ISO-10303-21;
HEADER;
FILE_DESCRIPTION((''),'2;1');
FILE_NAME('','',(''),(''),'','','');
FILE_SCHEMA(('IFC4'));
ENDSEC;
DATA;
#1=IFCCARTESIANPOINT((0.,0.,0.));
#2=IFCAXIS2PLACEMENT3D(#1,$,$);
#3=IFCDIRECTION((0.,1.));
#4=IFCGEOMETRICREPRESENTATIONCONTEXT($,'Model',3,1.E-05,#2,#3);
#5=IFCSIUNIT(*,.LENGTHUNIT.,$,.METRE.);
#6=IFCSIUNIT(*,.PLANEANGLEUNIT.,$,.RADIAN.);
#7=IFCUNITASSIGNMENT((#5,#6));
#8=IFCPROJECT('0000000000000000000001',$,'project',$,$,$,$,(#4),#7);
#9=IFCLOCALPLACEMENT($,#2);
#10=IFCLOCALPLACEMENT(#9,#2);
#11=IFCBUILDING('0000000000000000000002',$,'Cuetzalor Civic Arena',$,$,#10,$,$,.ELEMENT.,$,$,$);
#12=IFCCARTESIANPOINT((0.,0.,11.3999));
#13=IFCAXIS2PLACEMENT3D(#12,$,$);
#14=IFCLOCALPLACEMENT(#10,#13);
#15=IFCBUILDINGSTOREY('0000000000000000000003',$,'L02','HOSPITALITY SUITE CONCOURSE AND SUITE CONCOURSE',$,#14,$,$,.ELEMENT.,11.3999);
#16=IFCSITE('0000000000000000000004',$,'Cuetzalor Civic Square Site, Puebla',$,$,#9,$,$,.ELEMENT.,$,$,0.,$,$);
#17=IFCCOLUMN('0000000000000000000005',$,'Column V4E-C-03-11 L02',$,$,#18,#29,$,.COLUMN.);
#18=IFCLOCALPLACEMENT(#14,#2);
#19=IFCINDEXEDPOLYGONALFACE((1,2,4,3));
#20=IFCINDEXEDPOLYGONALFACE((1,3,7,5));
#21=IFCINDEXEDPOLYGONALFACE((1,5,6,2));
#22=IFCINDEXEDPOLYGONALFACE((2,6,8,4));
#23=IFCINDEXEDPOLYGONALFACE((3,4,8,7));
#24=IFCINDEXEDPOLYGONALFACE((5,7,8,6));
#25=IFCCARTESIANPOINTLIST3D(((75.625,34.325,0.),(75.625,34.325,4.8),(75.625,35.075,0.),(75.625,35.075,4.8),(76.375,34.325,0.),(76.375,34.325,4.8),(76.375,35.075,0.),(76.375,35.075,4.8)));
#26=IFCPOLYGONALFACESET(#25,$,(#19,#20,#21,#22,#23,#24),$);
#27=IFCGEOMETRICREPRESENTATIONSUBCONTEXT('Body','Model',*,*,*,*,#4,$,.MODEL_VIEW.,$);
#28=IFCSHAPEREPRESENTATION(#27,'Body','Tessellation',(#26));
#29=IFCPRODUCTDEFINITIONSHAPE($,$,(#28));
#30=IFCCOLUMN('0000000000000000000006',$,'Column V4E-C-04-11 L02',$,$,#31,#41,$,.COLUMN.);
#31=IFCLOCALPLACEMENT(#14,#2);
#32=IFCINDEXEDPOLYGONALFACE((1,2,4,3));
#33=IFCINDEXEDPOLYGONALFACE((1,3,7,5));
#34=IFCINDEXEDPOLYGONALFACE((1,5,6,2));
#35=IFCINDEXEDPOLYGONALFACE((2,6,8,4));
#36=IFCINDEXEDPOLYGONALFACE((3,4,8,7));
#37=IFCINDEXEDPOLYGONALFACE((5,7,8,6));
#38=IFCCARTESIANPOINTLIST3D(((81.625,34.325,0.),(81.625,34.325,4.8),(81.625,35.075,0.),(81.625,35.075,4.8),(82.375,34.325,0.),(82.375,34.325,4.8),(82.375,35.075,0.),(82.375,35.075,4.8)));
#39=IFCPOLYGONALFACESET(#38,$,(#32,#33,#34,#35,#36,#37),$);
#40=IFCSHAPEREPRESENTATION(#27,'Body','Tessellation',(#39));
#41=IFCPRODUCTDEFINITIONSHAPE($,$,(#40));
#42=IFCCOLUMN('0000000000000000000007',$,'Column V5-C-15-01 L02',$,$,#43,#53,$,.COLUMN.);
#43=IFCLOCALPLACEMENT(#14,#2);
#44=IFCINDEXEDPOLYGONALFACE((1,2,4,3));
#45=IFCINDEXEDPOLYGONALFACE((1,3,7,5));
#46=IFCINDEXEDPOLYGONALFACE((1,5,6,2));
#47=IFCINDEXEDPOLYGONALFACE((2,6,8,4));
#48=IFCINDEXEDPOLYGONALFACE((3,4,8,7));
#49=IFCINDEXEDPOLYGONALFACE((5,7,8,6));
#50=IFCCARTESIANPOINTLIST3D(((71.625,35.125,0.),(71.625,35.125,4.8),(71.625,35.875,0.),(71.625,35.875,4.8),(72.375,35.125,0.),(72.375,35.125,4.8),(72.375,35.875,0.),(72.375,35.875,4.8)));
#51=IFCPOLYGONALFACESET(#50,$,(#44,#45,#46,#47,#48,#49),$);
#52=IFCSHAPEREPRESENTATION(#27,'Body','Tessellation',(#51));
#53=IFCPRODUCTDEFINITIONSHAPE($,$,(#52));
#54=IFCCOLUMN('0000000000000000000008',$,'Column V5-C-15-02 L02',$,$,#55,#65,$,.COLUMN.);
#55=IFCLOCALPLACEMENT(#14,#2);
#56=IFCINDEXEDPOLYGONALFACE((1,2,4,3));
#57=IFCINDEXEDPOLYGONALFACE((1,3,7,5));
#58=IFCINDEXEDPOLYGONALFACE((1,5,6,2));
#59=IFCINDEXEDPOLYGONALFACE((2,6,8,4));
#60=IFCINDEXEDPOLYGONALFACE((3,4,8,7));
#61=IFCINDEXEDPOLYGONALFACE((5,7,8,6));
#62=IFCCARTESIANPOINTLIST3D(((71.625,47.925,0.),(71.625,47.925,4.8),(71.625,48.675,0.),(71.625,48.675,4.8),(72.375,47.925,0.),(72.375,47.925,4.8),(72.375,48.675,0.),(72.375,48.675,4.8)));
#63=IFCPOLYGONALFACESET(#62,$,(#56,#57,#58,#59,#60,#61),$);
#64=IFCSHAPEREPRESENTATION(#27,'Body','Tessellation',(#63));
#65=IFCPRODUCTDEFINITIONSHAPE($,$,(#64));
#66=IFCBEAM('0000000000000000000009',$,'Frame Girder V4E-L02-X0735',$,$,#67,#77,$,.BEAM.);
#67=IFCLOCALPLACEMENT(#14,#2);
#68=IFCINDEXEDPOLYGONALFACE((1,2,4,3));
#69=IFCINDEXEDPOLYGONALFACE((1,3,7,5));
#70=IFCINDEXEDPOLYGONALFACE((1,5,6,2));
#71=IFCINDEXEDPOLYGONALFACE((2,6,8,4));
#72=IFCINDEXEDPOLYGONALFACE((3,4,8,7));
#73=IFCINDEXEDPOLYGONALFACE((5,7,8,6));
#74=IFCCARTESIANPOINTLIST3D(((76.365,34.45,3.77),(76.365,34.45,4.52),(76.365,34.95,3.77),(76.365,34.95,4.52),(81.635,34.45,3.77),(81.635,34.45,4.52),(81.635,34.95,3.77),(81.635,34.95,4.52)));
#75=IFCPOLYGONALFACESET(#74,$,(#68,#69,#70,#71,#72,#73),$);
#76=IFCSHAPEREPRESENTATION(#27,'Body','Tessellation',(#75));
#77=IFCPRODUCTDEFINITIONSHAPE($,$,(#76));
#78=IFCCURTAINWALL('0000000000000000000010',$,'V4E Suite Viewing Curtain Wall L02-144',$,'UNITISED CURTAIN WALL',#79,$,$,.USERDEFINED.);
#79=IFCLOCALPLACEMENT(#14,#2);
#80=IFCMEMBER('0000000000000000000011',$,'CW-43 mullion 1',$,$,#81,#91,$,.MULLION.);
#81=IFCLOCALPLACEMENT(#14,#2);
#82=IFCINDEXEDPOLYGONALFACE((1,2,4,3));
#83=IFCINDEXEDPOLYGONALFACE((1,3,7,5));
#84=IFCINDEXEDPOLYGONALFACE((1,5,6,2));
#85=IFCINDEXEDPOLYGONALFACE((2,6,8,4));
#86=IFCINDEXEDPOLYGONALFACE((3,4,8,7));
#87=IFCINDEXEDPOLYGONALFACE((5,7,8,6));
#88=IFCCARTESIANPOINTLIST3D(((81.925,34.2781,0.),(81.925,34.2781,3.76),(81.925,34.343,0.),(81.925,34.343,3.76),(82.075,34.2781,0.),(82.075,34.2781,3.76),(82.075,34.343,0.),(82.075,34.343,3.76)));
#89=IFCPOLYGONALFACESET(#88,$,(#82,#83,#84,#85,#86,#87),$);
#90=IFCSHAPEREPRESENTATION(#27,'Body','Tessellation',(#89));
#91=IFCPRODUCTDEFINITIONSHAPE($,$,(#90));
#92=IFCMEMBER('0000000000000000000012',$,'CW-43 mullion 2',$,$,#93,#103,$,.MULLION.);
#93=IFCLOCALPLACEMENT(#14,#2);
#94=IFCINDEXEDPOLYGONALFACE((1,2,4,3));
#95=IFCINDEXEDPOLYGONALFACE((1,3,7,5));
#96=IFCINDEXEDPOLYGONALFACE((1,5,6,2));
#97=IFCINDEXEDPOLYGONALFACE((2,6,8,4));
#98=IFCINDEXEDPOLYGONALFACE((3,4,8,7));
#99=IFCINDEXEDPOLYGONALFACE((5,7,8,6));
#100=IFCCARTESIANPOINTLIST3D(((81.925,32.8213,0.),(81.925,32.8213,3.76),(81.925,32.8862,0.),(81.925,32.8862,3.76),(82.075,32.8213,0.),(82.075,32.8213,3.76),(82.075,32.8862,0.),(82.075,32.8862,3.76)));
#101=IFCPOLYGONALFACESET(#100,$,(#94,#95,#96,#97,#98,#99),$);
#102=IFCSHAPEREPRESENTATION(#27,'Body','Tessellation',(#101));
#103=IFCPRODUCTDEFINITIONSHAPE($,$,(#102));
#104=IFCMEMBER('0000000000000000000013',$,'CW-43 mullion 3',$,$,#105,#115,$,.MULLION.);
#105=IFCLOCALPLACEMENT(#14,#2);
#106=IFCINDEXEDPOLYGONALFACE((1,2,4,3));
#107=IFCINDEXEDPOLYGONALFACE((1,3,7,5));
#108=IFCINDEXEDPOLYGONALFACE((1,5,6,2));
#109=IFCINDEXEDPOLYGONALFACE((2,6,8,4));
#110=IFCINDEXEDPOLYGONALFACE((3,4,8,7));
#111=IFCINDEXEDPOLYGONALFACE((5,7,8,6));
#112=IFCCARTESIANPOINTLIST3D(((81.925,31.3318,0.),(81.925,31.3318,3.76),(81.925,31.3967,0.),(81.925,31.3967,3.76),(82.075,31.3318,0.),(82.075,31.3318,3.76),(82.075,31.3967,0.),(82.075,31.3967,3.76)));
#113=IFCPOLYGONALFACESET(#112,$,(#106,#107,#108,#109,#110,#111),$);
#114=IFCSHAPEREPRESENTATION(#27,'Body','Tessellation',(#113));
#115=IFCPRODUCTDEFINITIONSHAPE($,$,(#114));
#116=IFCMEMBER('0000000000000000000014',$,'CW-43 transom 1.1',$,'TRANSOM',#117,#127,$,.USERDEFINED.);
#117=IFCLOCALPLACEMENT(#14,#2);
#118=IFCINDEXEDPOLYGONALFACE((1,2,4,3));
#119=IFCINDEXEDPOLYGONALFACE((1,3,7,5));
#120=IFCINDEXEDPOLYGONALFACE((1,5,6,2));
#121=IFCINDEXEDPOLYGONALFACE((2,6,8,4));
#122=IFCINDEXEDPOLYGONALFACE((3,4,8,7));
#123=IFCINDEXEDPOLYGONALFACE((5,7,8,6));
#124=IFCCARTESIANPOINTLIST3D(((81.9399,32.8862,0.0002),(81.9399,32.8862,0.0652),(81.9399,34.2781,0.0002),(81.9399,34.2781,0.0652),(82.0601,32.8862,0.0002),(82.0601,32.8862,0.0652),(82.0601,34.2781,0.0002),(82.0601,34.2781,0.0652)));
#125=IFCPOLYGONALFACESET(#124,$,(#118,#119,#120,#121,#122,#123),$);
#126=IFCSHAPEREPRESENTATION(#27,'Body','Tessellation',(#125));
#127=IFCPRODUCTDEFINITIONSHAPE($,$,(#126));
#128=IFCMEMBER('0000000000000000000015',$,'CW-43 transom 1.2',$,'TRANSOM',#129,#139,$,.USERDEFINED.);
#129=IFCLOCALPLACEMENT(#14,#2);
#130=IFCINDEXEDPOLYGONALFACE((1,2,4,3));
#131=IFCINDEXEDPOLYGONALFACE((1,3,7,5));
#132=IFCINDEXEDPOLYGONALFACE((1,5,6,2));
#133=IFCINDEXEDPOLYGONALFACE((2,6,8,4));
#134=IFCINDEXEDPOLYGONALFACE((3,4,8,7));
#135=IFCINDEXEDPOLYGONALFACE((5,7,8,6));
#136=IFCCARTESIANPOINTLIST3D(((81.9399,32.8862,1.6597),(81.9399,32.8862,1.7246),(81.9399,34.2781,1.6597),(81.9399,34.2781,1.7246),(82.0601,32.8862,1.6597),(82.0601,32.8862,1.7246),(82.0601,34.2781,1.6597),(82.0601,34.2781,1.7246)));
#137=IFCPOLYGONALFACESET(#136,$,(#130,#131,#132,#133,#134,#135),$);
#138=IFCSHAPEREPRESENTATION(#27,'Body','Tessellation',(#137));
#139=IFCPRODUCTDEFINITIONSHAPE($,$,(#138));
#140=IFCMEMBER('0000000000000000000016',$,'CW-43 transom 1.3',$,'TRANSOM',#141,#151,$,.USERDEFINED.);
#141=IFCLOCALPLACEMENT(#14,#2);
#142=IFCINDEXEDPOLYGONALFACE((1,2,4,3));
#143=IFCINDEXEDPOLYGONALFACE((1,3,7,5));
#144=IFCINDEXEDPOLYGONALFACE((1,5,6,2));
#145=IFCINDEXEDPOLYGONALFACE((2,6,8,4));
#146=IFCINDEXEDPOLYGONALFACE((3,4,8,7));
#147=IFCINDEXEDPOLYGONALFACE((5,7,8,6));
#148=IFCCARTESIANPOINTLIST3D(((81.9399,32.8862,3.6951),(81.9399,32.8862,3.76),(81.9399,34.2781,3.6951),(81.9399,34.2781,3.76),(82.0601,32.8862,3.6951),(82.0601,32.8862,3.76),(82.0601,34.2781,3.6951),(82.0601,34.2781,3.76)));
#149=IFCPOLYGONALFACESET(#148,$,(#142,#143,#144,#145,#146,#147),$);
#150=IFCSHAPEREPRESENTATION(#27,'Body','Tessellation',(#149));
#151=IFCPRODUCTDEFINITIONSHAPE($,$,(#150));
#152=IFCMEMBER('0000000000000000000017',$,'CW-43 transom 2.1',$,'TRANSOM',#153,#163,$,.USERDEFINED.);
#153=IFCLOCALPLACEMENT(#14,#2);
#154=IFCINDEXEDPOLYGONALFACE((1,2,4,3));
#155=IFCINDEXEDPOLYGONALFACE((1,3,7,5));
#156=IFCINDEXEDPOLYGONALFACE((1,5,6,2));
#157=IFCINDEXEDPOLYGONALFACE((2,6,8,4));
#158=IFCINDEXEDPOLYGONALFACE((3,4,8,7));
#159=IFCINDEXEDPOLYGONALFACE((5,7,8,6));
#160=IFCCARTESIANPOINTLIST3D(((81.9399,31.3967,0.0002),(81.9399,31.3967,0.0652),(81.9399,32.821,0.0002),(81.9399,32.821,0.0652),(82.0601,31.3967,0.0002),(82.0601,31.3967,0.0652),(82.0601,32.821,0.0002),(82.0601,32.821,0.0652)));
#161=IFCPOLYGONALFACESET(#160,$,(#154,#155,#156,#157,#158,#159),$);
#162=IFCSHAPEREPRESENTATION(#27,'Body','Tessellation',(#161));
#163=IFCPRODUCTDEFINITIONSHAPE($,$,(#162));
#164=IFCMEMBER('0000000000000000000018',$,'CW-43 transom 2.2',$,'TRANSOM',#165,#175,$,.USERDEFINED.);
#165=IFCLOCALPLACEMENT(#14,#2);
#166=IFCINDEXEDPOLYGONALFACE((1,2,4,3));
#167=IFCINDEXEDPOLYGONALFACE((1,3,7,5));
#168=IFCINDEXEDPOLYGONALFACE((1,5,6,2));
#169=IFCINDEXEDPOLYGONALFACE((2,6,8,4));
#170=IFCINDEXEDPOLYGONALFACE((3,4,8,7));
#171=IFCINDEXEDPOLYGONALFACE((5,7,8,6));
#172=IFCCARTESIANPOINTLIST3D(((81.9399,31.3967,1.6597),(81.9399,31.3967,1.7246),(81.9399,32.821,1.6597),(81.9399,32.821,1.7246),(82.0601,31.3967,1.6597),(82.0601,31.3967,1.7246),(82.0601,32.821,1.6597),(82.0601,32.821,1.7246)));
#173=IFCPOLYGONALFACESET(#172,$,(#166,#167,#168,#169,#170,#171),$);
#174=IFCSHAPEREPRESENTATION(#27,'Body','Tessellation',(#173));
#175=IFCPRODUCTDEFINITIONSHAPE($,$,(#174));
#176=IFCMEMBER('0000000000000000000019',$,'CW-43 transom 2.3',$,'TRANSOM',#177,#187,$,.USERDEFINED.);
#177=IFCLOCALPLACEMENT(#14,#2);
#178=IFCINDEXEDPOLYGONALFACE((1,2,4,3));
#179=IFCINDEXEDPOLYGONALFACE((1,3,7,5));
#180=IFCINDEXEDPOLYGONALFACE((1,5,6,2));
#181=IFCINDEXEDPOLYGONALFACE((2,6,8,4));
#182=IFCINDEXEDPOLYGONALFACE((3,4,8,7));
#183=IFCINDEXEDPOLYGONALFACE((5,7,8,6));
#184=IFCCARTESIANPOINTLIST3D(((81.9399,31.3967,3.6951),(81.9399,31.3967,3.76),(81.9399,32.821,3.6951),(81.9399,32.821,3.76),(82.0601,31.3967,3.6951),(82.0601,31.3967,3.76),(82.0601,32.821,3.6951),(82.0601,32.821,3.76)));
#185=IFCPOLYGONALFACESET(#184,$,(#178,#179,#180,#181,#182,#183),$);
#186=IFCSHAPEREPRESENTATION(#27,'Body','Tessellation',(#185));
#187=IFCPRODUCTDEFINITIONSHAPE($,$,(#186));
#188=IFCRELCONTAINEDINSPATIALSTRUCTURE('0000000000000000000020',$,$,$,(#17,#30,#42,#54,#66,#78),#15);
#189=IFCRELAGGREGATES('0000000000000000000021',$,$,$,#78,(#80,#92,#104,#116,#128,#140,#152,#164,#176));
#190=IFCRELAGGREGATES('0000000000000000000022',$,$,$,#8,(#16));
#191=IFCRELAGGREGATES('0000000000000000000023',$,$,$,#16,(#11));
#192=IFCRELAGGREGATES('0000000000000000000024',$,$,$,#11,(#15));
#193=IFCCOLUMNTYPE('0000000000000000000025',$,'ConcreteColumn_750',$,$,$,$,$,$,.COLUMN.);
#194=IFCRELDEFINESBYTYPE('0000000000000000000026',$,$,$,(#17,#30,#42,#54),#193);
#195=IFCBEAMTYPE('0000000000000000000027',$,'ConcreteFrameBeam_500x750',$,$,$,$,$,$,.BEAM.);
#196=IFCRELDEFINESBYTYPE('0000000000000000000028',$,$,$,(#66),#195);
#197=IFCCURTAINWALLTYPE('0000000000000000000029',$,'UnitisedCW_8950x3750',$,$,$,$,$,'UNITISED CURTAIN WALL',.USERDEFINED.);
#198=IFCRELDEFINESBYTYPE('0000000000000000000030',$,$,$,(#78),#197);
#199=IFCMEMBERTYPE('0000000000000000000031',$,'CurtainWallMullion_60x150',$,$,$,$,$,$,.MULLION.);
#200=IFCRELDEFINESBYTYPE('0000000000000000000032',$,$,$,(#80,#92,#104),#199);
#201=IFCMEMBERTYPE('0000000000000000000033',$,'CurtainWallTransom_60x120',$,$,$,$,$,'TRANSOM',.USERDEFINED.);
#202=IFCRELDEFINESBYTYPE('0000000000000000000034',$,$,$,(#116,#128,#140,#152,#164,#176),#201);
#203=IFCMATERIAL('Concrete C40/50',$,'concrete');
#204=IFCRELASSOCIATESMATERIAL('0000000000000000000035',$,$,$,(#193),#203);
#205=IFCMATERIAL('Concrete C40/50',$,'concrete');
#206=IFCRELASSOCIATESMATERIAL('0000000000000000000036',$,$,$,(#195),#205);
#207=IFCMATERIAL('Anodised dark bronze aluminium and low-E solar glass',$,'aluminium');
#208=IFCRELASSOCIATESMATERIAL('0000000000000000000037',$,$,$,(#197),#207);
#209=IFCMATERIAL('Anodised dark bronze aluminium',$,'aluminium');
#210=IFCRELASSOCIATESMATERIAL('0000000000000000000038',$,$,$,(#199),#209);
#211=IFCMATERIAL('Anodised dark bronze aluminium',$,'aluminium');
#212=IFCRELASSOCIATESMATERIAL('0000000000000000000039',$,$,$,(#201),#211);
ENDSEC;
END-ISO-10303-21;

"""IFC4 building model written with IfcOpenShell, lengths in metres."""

from ifc_helpers import new_model, si_unit, direction, frame, origin, origin_2d, place, context, subcontext, project, spatial, rectangle, extrude, material, material_profile, profile_set, type_object, element, aggregate, save


model = new_model("IFC4")

# Units and contexts
model_context = context("Model", 3, precision=1e-05, world=origin(), true_north=direction((0.0, 1.0)))
body_context = subcontext(model_context, "Body", "Model", "MODEL_VIEW")
ifc_project = project(units=[si_unit("LENGTHUNIT", "METRE"), si_unit("PLANEANGLEUNIT", "RADIAN")], contexts=[model_context])

# Site, building, storey
site_placement = place(None, origin())
site = spatial("IfcSite", under=ifc_project, at=site_placement, Name="Cuetzalor Civic Square Site, Puebla", CompositionType="ELEMENT", RefElevation=0.0)
building_placement = place(site_placement, origin())
building = spatial("IfcBuilding", under=site, at=building_placement, Name="Cuetzalor Civic Arena", CompositionType="ELEMENT")
storey_placement = place(building_placement, frame((0.0, 0.0, 11.3999)))
storey = spatial("IfcBuildingStorey", under=building, at=storey_placement, Name="L02", Description="HOSPITALITY SUITE CONCOURSE AND SUITE CONCOURSE", CompositionType="ELEMENT", Elevation=11.3999)

# Columns
ifc_material_1 = material(Name="Concrete C40/50", Category="concrete")
ifc_material_profile_1 = material_profile(ifc_material_1, rectangle(XDim=0.75, YDim=0.75, at=origin_2d()), Name="RC 750x750")
ifc_profile_set_1 = profile_set([ifc_material_profile_1], Name="Concrete C40/50")
column_type = type_object("IfcColumnType", Name="ConcreteColumn_750", PredefinedType="COLUMN", material=ifc_profile_set_1)
for number, where, z_axis, x_axis, name in (
    (1, (76.0, 34.7, 0.0), (0.0, 0.0, 1.0), (1.0, 0.0, 0.0), "Column V4E-C-03-11 L02"),
    (2, (82.0, 34.7, 0.0), (0.0, 0.0, 1.0), (1.0, 0.0, 0.0), "Column V4E-C-04-11 L02"),
    (3, (72.0, 35.5, 0.0), (0.0, 0.0, 1.0), (1.0, 0.0, 0.0), "Column V5-C-15-01 L02"),
    (4, (72.0, 48.3, 0.0), (0.0, 0.0, 1.0), (1.0, 0.0, 0.0), "Column V5-C-15-02 L02"),
):
    element("IfcColumn", number, at=place(storey_placement, frame(where, z_axis=z_axis, x_axis=x_axis)), inside=storey, type_object=column_type, Name=name, PredefinedType="COLUMN", context=body_context, shape_type="SweptSolid", body=[
        extrude(rectangle(XDim=0.75, YDim=0.75, at=origin_2d()), origin(), (0.0, 0.0, 1.0), 4.8),
    ])

# Beam
ifc_material_2 = material(Name="Concrete C40/50", Category="concrete")
ifc_material_profile_2 = material_profile(ifc_material_2, rectangle(XDim=0.5, YDim=0.75, at=origin_2d()), Name="RC 500x750")
ifc_profile_set_2 = profile_set([ifc_material_profile_2], Name="Concrete C40/50")
beam_type_1 = type_object("IfcBeamType", Name="ConcreteFrameBeam_500x750", PredefinedType="BEAM", material=ifc_profile_set_2)
beam_1_placement = place(storey_placement, frame((76.365, 34.7, 4.145), z_axis=(1.0, 0.0, 0.0), x_axis=(0.0, 1.0, 0.0)))
element("IfcBeam", 5, at=beam_1_placement, inside=storey, type_object=beam_type_1, Name="Frame Girder V4E-L02-X0735", PredefinedType="BEAM", context=body_context, shape_type="SweptSolid", body=[
    extrude(rectangle(XDim=0.5, YDim=0.75, at=origin_2d()), origin(), (0.0, 0.0, 1.0), 5.27),
])

# Curtain wall, members
ifc_material_3 = material(Name="Anodised dark bronze aluminium and low-E solar glass", Category="aluminium")
curtain_wall_type = type_object("IfcCurtainWallType", Name="UnitisedCW_8950x3750", ElementType="UNITISED CURTAIN WALL", PredefinedType="USERDEFINED", material=ifc_material_3)
curtain_wall_placement = place(storey_placement, origin())
curtain_wall = element("IfcCurtainWall", 6, at=curtain_wall_placement, inside=storey, type_object=curtain_wall_type, Name="V4E Suite Viewing Curtain Wall L02-144", ObjectType="UNITISED CURTAIN WALL", PredefinedType="USERDEFINED")
ifc_material_4 = material(Name="Anodised dark bronze aluminium", Category="aluminium")
ifc_material_profile_3 = material_profile(ifc_material_4, rectangle(XDim=0.0649, YDim=0.1499, at=origin_2d()), Name="ALU MULLION 65x150")
ifc_profile_set_3 = profile_set([ifc_material_profile_3], Name="Anodised dark bronze aluminium")
member_type_1 = type_object("IfcMemberType", Name="CurtainWallMullion_60x150", PredefinedType="MULLION", material=ifc_profile_set_3)
member_1_placement = place(storey_placement, frame((82.0, 34.3105, 0.0), z_axis=(0.0, 0.0, 1.0), x_axis=(0.0, -1.0, 0.0)))
member_1 = element("IfcMember", 7, at=member_1_placement, type_object=member_type_1, Name="CW-43 mullion 1", PredefinedType="MULLION", context=body_context, shape_type="SweptSolid", body=[
    extrude(rectangle(XDim=0.0649, YDim=0.1499, at=origin_2d()), origin(), (0.0, 0.0, 1.0), 3.76),
])
member_2_placement = place(storey_placement, frame((82.0, 32.8538, 0.0), z_axis=(0.0, 0.0, 1.0), x_axis=(0.0, -1.0, 0.0)))
member_2 = element("IfcMember", 8, at=member_2_placement, type_object=member_type_1, Name="CW-43 mullion 2", PredefinedType="MULLION", context=body_context, shape_type="SweptSolid", body=[
    extrude(rectangle(XDim=0.0649, YDim=0.1499, at=origin_2d()), origin(), (0.0, 0.0, 1.0), 3.76),
])
member_3_placement = place(storey_placement, frame((82.0, 31.3643, 0.0), z_axis=(0.0, 0.0, 1.0), x_axis=(0.0, -1.0, 0.0)))
member_3 = element("IfcMember", 9, at=member_3_placement, type_object=member_type_1, Name="CW-43 mullion 3", PredefinedType="MULLION", context=body_context, shape_type="SweptSolid", body=[
    extrude(rectangle(XDim=0.0649, YDim=0.1499, at=origin_2d()), origin(), (0.0, 0.0, 1.0), 3.76),
])
ifc_material_5 = material(Name="Anodised dark bronze aluminium", Category="aluminium")
ifc_material_profile_4 = material_profile(ifc_material_5, rectangle(XDim=0.1201, YDim=0.0649, at=origin_2d()), Name="ALU TRANSOM 65x120")
ifc_profile_set_4 = profile_set([ifc_material_profile_4], Name="Anodised dark bronze aluminium")
member_type_2 = type_object("IfcMemberType", Name="CurtainWallTransom_60x120", ElementType="TRANSOM", PredefinedType="USERDEFINED", material=ifc_profile_set_4)
member_4_placement = place(storey_placement, frame((82.0, 34.2781, 0.0327), z_axis=(0.0, -1.0, 0.0), x_axis=(1.0, 0.0, 0.0)))
member_4 = element("IfcMember", 10, at=member_4_placement, type_object=member_type_2, Name="CW-43 transom 1.1", ObjectType="TRANSOM", PredefinedType="USERDEFINED", context=body_context, shape_type="SweptSolid", body=[
    extrude(rectangle(XDim=0.1201, YDim=0.0649, at=origin_2d()), origin(), (0.0, 0.0, 1.0), 1.3918),
])
member_5_placement = place(storey_placement, frame((82.0, 34.2781, 1.6921), z_axis=(0.0, -1.0, 0.0), x_axis=(1.0, 0.0, 0.0)))
member_5 = element("IfcMember", 11, at=member_5_placement, type_object=member_type_2, Name="CW-43 transom 1.2", ObjectType="TRANSOM", PredefinedType="USERDEFINED", context=body_context, shape_type="SweptSolid", body=[
    extrude(rectangle(XDim=0.1201, YDim=0.0649, at=origin_2d()), origin(), (0.0, 0.0, 1.0), 1.3918),
])
member_6_placement = place(storey_placement, frame((82.0, 34.2781, 3.7275), z_axis=(0.0, -1.0, 0.0), x_axis=(1.0, 0.0, 0.0)))
member_6 = element("IfcMember", 12, at=member_6_placement, type_object=member_type_2, Name="CW-43 transom 1.3", ObjectType="TRANSOM", PredefinedType="USERDEFINED", context=body_context, shape_type="SweptSolid", body=[
    extrude(rectangle(XDim=0.1201, YDim=0.0649, at=origin_2d()), origin(), (0.0, 0.0, 1.0), 1.3918),
])
member_7_placement = place(storey_placement, frame((82.0, 32.821, 0.0327), z_axis=(0.0, -1.0, 0.0), x_axis=(1.0, 0.0, 0.0)))
member_7 = element("IfcMember", 13, at=member_7_placement, type_object=member_type_2, Name="CW-43 transom 2.1", ObjectType="TRANSOM", PredefinedType="USERDEFINED", context=body_context, shape_type="SweptSolid", body=[
    extrude(rectangle(XDim=0.1201, YDim=0.0649, at=origin_2d()), origin(), (0.0, 0.0, 1.0), 1.4243),
])
member_8_placement = place(storey_placement, frame((82.0, 32.821, 1.6921), z_axis=(0.0, -1.0, 0.0), x_axis=(1.0, 0.0, 0.0)))
member_8 = element("IfcMember", 14, at=member_8_placement, type_object=member_type_2, Name="CW-43 transom 2.2", ObjectType="TRANSOM", PredefinedType="USERDEFINED", context=body_context, shape_type="SweptSolid", body=[
    extrude(rectangle(XDim=0.1201, YDim=0.0649, at=origin_2d()), origin(), (0.0, 0.0, 1.0), 1.4243),
])
member_9_placement = place(storey_placement, frame((82.0, 32.821, 3.7275), z_axis=(0.0, -1.0, 0.0), x_axis=(1.0, 0.0, 0.0)))
member_9 = element("IfcMember", 15, at=member_9_placement, type_object=member_type_2, Name="CW-43 transom 2.3", ObjectType="TRANSOM", PredefinedType="USERDEFINED", context=body_context, shape_type="SweptSolid", body=[
    extrude(rectangle(XDim=0.1201, YDim=0.0649, at=origin_2d()), origin(), (0.0, 0.0, 1.0), 1.4243),
])

aggregate(curtain_wall, [member_1, member_2, member_3, member_4, member_5, member_6, member_7, member_8, member_9])

save(model, "model.ifc")
